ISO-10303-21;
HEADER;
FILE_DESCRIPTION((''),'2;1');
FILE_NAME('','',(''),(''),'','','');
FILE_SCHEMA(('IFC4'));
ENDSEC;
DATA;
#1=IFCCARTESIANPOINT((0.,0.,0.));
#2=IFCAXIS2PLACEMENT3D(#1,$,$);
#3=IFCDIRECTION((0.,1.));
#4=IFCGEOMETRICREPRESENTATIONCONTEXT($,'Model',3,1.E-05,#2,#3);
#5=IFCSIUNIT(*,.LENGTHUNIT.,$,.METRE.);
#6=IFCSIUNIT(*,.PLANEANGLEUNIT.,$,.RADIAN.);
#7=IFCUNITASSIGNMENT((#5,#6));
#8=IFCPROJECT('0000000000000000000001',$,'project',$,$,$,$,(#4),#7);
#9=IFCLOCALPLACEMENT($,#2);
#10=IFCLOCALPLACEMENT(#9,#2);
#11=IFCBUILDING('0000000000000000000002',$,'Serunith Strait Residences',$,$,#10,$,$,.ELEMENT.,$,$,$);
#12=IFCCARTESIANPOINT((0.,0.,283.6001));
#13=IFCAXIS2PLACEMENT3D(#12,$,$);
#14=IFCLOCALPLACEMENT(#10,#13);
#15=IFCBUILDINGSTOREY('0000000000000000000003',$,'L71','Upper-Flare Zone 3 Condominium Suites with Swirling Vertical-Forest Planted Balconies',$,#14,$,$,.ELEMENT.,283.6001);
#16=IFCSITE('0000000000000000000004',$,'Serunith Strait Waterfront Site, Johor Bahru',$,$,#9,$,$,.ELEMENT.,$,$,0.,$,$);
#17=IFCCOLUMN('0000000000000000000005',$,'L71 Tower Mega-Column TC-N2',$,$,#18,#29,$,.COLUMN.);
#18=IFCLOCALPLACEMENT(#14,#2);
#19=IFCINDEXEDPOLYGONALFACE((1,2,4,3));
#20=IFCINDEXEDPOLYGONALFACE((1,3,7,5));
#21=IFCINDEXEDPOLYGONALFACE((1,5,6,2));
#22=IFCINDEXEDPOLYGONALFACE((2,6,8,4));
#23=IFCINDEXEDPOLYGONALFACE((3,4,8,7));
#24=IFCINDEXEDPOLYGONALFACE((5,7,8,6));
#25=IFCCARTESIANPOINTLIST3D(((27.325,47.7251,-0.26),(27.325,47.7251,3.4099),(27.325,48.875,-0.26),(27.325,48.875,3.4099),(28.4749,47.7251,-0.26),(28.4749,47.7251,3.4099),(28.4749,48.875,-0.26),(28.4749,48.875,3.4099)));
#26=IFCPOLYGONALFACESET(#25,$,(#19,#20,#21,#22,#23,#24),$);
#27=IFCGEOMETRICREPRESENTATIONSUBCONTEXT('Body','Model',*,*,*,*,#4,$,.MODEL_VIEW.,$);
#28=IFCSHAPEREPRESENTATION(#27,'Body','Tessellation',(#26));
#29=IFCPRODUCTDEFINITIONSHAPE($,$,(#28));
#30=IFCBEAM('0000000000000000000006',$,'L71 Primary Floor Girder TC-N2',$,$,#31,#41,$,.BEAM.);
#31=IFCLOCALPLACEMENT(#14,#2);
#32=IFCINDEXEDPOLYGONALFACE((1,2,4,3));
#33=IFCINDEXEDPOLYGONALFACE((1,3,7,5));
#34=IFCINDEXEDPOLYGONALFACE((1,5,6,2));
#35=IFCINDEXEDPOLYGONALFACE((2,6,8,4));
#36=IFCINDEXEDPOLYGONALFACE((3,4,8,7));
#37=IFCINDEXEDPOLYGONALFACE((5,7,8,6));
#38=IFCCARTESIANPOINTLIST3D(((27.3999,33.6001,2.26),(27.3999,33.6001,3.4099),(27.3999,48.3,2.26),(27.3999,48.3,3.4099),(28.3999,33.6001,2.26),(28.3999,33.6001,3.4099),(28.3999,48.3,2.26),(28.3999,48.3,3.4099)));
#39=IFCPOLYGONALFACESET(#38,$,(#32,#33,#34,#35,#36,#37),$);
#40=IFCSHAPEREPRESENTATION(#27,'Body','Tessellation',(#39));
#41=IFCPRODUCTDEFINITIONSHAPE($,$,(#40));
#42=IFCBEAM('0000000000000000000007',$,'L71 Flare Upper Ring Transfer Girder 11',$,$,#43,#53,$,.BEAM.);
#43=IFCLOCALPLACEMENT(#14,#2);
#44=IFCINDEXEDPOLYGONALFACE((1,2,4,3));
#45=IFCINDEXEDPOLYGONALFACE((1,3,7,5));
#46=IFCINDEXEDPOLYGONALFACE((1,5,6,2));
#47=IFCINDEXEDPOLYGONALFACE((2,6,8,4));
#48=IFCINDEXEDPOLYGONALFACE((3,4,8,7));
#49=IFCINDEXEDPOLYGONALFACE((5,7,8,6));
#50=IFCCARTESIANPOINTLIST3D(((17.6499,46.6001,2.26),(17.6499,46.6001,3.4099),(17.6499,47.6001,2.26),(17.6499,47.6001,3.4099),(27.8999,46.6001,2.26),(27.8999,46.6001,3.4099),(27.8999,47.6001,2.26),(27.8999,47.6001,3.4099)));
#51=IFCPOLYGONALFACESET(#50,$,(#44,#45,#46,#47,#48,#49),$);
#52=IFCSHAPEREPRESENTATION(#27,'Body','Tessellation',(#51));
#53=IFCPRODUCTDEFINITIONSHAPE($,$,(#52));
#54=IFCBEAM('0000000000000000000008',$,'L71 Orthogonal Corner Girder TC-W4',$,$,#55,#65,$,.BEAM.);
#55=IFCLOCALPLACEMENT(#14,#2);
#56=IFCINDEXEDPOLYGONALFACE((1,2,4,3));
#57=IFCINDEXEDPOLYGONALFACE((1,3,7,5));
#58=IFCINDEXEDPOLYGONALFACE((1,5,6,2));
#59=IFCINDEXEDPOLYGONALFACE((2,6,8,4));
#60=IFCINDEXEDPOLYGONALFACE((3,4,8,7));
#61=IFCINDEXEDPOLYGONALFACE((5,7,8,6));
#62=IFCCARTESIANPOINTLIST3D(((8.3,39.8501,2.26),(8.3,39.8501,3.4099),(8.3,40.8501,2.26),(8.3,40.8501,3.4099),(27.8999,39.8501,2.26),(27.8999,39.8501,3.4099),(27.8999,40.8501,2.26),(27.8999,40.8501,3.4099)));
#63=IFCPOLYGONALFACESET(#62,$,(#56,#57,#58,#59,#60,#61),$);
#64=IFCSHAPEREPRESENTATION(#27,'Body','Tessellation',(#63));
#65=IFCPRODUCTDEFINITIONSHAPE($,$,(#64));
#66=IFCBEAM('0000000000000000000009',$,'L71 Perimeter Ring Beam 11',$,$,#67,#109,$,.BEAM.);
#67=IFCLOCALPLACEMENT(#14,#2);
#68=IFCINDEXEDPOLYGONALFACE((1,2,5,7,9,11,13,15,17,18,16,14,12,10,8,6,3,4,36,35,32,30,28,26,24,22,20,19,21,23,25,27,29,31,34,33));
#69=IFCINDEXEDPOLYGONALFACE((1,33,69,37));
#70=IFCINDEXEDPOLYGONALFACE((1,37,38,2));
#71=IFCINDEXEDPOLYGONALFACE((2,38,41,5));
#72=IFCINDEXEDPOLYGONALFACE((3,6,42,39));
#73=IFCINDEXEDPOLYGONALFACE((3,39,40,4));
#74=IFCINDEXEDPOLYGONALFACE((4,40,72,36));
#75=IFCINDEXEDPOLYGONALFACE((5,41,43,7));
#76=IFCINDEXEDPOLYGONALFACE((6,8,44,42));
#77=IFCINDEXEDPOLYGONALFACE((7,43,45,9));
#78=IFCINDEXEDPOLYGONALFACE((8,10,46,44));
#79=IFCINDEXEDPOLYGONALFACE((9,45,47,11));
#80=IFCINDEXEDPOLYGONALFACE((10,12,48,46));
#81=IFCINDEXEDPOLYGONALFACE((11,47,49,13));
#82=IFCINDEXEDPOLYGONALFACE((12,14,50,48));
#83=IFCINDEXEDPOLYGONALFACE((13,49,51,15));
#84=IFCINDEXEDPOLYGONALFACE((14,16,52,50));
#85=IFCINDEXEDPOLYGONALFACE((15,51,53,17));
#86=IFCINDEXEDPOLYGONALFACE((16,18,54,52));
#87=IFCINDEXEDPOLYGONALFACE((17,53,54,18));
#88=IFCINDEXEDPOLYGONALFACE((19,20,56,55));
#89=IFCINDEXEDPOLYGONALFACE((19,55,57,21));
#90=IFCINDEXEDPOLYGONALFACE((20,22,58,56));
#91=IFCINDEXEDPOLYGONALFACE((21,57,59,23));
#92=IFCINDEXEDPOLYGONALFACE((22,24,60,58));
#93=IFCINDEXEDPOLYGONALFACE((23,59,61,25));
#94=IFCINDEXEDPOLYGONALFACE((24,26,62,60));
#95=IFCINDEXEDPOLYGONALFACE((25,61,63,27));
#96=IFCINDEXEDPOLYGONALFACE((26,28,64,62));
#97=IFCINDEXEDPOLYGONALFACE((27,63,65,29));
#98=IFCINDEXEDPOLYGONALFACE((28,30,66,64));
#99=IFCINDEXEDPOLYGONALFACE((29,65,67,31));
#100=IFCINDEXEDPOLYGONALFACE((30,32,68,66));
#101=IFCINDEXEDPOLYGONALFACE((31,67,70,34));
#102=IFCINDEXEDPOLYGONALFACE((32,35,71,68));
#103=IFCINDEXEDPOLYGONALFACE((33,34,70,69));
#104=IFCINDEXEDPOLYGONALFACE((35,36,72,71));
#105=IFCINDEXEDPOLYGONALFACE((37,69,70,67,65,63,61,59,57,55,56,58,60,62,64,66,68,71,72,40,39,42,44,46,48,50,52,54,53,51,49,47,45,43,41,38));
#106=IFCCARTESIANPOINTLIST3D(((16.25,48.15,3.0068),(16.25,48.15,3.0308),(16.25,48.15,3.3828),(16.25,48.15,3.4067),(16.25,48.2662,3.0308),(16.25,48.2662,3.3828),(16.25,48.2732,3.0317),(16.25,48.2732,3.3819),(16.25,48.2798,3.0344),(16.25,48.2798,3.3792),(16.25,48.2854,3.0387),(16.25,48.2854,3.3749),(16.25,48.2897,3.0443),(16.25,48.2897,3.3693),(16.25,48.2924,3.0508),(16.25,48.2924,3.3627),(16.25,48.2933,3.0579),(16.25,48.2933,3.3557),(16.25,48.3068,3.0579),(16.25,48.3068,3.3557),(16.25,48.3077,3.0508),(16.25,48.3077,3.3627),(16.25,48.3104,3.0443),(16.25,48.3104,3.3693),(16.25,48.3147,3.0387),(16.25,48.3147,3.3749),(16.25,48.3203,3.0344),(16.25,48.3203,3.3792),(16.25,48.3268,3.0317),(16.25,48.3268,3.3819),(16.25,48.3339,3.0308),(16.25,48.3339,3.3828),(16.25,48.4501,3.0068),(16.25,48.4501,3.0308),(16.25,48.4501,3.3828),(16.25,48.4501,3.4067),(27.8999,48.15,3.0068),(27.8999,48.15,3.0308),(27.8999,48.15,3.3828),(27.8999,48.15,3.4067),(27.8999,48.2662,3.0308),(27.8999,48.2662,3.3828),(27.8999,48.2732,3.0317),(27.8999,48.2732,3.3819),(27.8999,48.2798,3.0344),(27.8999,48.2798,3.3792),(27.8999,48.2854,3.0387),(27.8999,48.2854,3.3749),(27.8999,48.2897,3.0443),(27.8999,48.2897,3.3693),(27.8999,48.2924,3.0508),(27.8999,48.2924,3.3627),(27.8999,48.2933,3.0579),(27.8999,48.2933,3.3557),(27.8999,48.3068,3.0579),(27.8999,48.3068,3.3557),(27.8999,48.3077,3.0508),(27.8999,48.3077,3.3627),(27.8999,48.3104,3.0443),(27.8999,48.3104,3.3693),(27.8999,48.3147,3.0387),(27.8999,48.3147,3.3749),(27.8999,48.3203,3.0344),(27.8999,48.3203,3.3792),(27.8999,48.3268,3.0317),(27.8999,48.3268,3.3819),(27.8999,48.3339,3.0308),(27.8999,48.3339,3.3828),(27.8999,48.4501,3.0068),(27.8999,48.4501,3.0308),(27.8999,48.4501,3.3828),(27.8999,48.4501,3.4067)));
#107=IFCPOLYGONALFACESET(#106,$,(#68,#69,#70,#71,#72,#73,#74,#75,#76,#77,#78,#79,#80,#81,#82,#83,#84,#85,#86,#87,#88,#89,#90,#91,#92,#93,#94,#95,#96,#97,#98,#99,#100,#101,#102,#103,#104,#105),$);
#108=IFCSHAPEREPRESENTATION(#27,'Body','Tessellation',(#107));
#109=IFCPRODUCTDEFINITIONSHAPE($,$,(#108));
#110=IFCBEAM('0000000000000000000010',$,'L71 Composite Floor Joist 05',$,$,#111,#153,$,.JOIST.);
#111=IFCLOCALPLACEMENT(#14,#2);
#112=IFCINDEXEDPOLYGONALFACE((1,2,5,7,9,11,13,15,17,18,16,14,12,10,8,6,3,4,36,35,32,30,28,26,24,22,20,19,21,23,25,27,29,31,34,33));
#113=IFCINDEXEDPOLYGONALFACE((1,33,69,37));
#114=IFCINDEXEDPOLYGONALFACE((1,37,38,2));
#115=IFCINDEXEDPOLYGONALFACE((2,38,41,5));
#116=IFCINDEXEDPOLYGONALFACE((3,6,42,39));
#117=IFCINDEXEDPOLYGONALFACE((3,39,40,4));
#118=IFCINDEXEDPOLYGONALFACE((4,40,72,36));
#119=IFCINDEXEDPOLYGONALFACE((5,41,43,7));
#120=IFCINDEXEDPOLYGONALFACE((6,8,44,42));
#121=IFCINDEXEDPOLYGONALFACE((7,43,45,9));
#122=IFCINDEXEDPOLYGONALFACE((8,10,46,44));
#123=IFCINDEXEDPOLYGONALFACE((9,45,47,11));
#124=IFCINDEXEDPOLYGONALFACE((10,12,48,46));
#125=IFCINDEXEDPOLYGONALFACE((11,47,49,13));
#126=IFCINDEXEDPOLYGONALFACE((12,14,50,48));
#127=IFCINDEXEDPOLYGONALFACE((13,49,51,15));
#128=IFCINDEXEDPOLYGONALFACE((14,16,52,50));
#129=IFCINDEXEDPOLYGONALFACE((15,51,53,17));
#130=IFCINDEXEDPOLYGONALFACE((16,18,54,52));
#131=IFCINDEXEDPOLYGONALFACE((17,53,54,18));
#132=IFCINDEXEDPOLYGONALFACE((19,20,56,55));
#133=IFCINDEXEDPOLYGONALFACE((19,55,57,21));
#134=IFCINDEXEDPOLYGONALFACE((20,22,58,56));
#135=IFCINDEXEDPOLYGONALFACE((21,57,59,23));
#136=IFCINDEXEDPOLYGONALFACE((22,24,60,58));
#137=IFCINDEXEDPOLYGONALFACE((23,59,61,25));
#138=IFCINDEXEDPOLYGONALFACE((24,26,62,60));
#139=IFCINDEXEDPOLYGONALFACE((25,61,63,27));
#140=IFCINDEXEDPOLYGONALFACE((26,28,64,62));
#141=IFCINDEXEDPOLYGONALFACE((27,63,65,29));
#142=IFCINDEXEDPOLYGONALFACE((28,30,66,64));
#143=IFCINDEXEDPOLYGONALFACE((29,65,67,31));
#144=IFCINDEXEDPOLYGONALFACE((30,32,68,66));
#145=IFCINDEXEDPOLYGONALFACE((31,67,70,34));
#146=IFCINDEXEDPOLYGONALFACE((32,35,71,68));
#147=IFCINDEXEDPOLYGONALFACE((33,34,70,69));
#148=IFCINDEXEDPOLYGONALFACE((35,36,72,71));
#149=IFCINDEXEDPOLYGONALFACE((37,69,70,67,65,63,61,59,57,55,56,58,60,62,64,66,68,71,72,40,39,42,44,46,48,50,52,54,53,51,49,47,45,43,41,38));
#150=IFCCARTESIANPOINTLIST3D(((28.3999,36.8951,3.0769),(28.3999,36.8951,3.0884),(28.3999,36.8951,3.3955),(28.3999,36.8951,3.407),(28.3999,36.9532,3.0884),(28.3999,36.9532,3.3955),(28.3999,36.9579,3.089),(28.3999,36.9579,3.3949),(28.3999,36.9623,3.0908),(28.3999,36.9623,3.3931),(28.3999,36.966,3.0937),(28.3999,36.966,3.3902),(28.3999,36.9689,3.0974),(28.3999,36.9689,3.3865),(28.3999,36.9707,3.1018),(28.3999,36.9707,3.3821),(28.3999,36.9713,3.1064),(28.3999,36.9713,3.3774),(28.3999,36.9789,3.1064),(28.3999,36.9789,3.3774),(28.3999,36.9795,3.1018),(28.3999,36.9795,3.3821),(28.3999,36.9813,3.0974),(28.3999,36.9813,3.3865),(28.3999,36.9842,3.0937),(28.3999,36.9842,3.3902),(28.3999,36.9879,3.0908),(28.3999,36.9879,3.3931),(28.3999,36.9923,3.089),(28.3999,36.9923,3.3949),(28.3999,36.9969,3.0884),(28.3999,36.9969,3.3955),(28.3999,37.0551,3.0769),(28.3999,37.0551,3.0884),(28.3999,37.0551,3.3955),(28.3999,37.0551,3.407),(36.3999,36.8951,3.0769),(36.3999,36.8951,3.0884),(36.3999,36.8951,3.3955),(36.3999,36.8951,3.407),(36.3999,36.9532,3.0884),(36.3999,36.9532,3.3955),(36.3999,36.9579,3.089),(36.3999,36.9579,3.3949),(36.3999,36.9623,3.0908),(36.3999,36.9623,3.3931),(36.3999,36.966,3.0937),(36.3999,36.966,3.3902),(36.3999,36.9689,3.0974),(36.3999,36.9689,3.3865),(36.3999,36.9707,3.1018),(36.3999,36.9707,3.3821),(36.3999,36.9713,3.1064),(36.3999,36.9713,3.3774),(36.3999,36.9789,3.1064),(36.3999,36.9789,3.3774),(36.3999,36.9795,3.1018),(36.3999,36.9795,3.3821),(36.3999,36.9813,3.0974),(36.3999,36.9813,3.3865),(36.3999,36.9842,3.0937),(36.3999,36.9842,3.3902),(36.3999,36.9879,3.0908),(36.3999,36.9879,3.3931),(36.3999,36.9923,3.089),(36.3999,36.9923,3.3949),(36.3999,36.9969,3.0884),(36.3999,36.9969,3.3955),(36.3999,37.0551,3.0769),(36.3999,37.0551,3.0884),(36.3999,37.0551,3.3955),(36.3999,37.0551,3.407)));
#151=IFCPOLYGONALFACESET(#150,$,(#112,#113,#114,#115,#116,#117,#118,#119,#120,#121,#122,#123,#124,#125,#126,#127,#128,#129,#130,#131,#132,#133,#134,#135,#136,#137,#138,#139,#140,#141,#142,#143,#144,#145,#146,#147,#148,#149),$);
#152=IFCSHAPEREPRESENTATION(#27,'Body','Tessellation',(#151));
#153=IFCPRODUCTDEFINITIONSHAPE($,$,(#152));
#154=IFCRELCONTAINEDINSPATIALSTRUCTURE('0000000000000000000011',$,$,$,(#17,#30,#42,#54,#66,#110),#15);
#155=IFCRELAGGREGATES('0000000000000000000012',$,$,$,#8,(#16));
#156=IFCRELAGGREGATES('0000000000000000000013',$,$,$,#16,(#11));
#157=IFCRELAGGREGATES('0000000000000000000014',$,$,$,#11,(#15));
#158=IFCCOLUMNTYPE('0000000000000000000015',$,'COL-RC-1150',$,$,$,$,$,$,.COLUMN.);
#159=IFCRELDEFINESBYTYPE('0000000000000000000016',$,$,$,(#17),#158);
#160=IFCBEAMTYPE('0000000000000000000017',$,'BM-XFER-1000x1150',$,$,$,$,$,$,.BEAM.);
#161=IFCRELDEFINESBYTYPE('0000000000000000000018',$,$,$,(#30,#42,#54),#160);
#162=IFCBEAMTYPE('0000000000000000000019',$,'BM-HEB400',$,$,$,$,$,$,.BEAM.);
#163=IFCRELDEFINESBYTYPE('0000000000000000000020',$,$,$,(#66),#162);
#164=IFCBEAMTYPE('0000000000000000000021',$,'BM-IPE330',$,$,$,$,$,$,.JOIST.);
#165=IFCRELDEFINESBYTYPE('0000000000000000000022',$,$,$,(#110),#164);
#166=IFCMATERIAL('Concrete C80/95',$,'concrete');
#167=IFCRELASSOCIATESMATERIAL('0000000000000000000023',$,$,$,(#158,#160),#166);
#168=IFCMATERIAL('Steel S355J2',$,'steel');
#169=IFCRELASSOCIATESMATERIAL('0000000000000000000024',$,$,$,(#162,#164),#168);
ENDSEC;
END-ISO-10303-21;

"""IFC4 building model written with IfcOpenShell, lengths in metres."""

from ifc_helpers import new_model, si_unit, direction, frame, origin, origin_2d, place, context, subcontext, project, spatial, rectangle, i_section, extrude, source, transform, mapped, material, material_profile, profile_set, type_object, element, save


model = new_model("IFC4")

# Units and contexts
model_context = context("Model", 3, precision=1e-05, world=origin(), true_north=direction((0.0, 1.0)))
body_context = subcontext(model_context, "Body", "Model", "MODEL_VIEW")
ifc_project = project(units=[si_unit("LENGTHUNIT", "METRE"), si_unit("PLANEANGLEUNIT", "RADIAN")], contexts=[model_context])

# Site, building, storey
site_placement = place(None, origin())
site = spatial("IfcSite", under=ifc_project, at=site_placement, Name="Serunith Strait Waterfront Site, Johor Bahru", CompositionType="ELEMENT", RefElevation=0.0)
building_placement = place(site_placement, origin())
building = spatial("IfcBuilding", under=site, at=building_placement, Name="Serunith Strait Residences", CompositionType="ELEMENT")
storey_placement = place(building_placement, frame((0.0, 0.0, 283.6001)))
storey = spatial("IfcBuildingStorey", under=building, at=storey_placement, Name="L71", Description="Upper-Flare Zone 3 Condominium Suites with Swirling Vertical-Forest Planted Balconies", CompositionType="ELEMENT", Elevation=283.6001)

# Column
ifc_material_1 = material(Name="Concrete C80/95", Category="concrete")
ifc_material_profile_1 = material_profile(ifc_material_1, rectangle(XDim=1.1499, YDim=1.1499, at=origin_2d()), Name="RC 1150x1150")
ifc_profile_set_1 = profile_set([ifc_material_profile_1], Name="Concrete C80/95")
column_type = type_object("IfcColumnType", Name="COL-RC-1150", PredefinedType="COLUMN", material=ifc_profile_set_1)
shared_shape_1 = source(origin(), body_context, "Body", "SweptSolid", [
    extrude(rectangle(XDim=1.1499, YDim=1.1499, at=origin_2d()), origin(), (0.0, 0.0, 1.0), 3.6699),
])
column_placement = place(storey_placement, frame((27.8999, 48.3, -0.26), z_axis=(0.0, 0.0, 1.0), x_axis=(1.0, 0.0, 0.0)))
element("IfcColumn", 1, at=column_placement, inside=storey, type_object=column_type, Name="L71 Tower Mega-Column TC-N2", PredefinedType="COLUMN", context=body_context, shape_type="MappedRepresentation", body=[
    mapped(shared_shape_1, transform((0.0, 0.0, 0.0), scale=1.0)),
])

# Beams
ifc_material_profile_2 = material_profile(ifc_material_1, rectangle(XDim=1.0, YDim=1.1499, at=origin_2d()), Name="RC 1000x1150")
ifc_profile_set_2 = profile_set([ifc_material_profile_2], Name="Concrete C80/95")
beam_type_1 = type_object("IfcBeamType", Name="BM-XFER-1000x1150", PredefinedType="BEAM", material=ifc_profile_set_2)
shared_shape_2 = source(origin(), body_context, "Body", "SweptSolid", [
    extrude(rectangle(XDim=1.0, YDim=1.1499, at=origin_2d()), origin(), (0.0, 0.0, 1.0), 14.7),
])
beam_1_placement = place(storey_placement, frame((27.8999, 33.6001, 2.835), z_axis=(0.0, 1.0, 0.0), x_axis=(-1.0, 0.0, 0.0)))
element("IfcBeam", 2, at=beam_1_placement, inside=storey, type_object=beam_type_1, Name="L71 Primary Floor Girder TC-N2", PredefinedType="BEAM", context=body_context, shape_type="MappedRepresentation", body=[
    mapped(shared_shape_2, transform((0.0, 0.0, 0.0), scale=1.0)),
])
shared_shape_3 = source(origin(), body_context, "Body", "SweptSolid", [
    extrude(rectangle(XDim=1.0, YDim=1.1499, at=origin_2d()), origin(), (0.0, 0.0, 1.0), 10.25),
])
beam_2_placement = place(storey_placement, frame((27.8999, 47.1001, 2.835), z_axis=(-1.0, 0.0, 0.0), x_axis=(0.0, -1.0, 0.0)))
element("IfcBeam", 3, at=beam_2_placement, inside=storey, type_object=beam_type_1, Name="L71 Flare Upper Ring Transfer Girder 11", PredefinedType="BEAM", context=body_context, shape_type="MappedRepresentation", body=[
    mapped(shared_shape_3, transform((0.0, 0.0, 0.0), scale=1.0)),
])
shared_shape_4 = source(origin(), body_context, "Body", "SweptSolid", [
    extrude(rectangle(XDim=1.0, YDim=1.1499, at=origin_2d()), origin(), (0.0, 0.0, 1.0), 19.5999),
])
beam_3_placement = place(storey_placement, frame((27.8999, 40.3501, 2.835), z_axis=(-1.0, 0.0, 0.0), x_axis=(0.0, -1.0, 0.0)))
element("IfcBeam", 4, at=beam_3_placement, inside=storey, type_object=beam_type_1, Name="L71 Orthogonal Corner Girder TC-W4", PredefinedType="BEAM", context=body_context, shape_type="MappedRepresentation", body=[
    mapped(shared_shape_4, transform((0.0, 0.0, 0.0), scale=1.0)),
])
ifc_material_2 = material(Name="Steel S355J2", Category="steel")
ifc_material_profile_3 = material_profile(ifc_material_2, i_section(OverallWidth=0.3, OverallDepth=0.3999, WebThickness=0.0134, FlangeThickness=0.0239, FilletRadius=0.0271, at=origin_2d()), Name="HEB 400")
ifc_profile_set_3 = profile_set([ifc_material_profile_3], Name="Steel S355J2")
beam_type_2 = type_object("IfcBeamType", Name="BM-HEB400", PredefinedType="BEAM", material=ifc_profile_set_3)
shared_shape_5 = source(origin(), body_context, "Body", "SweptSolid", [
    extrude(i_section(OverallWidth=0.3, OverallDepth=0.3999, WebThickness=0.0134, FlangeThickness=0.0239, FilletRadius=0.0271, at=origin_2d()), origin(), (0.0, 0.0, 1.0), 11.6499),
])
beam_4_placement = place(storey_placement, frame((27.8999, 48.3, 3.2068), z_axis=(-1.0, 0.0, 0.0), x_axis=(0.0, -1.0, 0.0)))
element("IfcBeam", 5, at=beam_4_placement, inside=storey, type_object=beam_type_2, Name="L71 Perimeter Ring Beam 11", PredefinedType="BEAM", context=body_context, shape_type="MappedRepresentation", body=[
    mapped(shared_shape_5, transform((0.0, 0.0, 0.0), scale=1.0)),
])
ifc_material_profile_4 = material_profile(ifc_material_2, i_section(OverallWidth=0.1599, OverallDepth=0.3301, WebThickness=0.0076, FlangeThickness=0.0115, FilletRadius=0.0181, at=origin_2d()), Name="IPE 330")
ifc_profile_set_4 = profile_set([ifc_material_profile_4], Name="Steel S355J2")
beam_type_3 = type_object("IfcBeamType", Name="BM-IPE330", PredefinedType="JOIST", material=ifc_profile_set_4)
shared_shape_6 = source(origin(), body_context, "Body", "SweptSolid", [
    extrude(i_section(OverallWidth=0.1599, OverallDepth=0.3301, WebThickness=0.0076, FlangeThickness=0.0115, FilletRadius=0.0181, at=origin_2d()), origin(), (0.0, 0.0, 1.0), 8.0),
])
beam_5_placement = place(storey_placement, frame((28.3999, 36.9751, 3.2419), z_axis=(1.0, 0.0, 0.0), x_axis=(0.0, 1.0, 0.0)))
element("IfcBeam", 6, at=beam_5_placement, inside=storey, type_object=beam_type_3, Name="L71 Composite Floor Joist 05", PredefinedType="JOIST", context=body_context, shape_type="MappedRepresentation", body=[
    mapped(shared_shape_6, transform((0.0, 0.0, 0.0), scale=1.0)),
])

save(model, "model.ifc")
